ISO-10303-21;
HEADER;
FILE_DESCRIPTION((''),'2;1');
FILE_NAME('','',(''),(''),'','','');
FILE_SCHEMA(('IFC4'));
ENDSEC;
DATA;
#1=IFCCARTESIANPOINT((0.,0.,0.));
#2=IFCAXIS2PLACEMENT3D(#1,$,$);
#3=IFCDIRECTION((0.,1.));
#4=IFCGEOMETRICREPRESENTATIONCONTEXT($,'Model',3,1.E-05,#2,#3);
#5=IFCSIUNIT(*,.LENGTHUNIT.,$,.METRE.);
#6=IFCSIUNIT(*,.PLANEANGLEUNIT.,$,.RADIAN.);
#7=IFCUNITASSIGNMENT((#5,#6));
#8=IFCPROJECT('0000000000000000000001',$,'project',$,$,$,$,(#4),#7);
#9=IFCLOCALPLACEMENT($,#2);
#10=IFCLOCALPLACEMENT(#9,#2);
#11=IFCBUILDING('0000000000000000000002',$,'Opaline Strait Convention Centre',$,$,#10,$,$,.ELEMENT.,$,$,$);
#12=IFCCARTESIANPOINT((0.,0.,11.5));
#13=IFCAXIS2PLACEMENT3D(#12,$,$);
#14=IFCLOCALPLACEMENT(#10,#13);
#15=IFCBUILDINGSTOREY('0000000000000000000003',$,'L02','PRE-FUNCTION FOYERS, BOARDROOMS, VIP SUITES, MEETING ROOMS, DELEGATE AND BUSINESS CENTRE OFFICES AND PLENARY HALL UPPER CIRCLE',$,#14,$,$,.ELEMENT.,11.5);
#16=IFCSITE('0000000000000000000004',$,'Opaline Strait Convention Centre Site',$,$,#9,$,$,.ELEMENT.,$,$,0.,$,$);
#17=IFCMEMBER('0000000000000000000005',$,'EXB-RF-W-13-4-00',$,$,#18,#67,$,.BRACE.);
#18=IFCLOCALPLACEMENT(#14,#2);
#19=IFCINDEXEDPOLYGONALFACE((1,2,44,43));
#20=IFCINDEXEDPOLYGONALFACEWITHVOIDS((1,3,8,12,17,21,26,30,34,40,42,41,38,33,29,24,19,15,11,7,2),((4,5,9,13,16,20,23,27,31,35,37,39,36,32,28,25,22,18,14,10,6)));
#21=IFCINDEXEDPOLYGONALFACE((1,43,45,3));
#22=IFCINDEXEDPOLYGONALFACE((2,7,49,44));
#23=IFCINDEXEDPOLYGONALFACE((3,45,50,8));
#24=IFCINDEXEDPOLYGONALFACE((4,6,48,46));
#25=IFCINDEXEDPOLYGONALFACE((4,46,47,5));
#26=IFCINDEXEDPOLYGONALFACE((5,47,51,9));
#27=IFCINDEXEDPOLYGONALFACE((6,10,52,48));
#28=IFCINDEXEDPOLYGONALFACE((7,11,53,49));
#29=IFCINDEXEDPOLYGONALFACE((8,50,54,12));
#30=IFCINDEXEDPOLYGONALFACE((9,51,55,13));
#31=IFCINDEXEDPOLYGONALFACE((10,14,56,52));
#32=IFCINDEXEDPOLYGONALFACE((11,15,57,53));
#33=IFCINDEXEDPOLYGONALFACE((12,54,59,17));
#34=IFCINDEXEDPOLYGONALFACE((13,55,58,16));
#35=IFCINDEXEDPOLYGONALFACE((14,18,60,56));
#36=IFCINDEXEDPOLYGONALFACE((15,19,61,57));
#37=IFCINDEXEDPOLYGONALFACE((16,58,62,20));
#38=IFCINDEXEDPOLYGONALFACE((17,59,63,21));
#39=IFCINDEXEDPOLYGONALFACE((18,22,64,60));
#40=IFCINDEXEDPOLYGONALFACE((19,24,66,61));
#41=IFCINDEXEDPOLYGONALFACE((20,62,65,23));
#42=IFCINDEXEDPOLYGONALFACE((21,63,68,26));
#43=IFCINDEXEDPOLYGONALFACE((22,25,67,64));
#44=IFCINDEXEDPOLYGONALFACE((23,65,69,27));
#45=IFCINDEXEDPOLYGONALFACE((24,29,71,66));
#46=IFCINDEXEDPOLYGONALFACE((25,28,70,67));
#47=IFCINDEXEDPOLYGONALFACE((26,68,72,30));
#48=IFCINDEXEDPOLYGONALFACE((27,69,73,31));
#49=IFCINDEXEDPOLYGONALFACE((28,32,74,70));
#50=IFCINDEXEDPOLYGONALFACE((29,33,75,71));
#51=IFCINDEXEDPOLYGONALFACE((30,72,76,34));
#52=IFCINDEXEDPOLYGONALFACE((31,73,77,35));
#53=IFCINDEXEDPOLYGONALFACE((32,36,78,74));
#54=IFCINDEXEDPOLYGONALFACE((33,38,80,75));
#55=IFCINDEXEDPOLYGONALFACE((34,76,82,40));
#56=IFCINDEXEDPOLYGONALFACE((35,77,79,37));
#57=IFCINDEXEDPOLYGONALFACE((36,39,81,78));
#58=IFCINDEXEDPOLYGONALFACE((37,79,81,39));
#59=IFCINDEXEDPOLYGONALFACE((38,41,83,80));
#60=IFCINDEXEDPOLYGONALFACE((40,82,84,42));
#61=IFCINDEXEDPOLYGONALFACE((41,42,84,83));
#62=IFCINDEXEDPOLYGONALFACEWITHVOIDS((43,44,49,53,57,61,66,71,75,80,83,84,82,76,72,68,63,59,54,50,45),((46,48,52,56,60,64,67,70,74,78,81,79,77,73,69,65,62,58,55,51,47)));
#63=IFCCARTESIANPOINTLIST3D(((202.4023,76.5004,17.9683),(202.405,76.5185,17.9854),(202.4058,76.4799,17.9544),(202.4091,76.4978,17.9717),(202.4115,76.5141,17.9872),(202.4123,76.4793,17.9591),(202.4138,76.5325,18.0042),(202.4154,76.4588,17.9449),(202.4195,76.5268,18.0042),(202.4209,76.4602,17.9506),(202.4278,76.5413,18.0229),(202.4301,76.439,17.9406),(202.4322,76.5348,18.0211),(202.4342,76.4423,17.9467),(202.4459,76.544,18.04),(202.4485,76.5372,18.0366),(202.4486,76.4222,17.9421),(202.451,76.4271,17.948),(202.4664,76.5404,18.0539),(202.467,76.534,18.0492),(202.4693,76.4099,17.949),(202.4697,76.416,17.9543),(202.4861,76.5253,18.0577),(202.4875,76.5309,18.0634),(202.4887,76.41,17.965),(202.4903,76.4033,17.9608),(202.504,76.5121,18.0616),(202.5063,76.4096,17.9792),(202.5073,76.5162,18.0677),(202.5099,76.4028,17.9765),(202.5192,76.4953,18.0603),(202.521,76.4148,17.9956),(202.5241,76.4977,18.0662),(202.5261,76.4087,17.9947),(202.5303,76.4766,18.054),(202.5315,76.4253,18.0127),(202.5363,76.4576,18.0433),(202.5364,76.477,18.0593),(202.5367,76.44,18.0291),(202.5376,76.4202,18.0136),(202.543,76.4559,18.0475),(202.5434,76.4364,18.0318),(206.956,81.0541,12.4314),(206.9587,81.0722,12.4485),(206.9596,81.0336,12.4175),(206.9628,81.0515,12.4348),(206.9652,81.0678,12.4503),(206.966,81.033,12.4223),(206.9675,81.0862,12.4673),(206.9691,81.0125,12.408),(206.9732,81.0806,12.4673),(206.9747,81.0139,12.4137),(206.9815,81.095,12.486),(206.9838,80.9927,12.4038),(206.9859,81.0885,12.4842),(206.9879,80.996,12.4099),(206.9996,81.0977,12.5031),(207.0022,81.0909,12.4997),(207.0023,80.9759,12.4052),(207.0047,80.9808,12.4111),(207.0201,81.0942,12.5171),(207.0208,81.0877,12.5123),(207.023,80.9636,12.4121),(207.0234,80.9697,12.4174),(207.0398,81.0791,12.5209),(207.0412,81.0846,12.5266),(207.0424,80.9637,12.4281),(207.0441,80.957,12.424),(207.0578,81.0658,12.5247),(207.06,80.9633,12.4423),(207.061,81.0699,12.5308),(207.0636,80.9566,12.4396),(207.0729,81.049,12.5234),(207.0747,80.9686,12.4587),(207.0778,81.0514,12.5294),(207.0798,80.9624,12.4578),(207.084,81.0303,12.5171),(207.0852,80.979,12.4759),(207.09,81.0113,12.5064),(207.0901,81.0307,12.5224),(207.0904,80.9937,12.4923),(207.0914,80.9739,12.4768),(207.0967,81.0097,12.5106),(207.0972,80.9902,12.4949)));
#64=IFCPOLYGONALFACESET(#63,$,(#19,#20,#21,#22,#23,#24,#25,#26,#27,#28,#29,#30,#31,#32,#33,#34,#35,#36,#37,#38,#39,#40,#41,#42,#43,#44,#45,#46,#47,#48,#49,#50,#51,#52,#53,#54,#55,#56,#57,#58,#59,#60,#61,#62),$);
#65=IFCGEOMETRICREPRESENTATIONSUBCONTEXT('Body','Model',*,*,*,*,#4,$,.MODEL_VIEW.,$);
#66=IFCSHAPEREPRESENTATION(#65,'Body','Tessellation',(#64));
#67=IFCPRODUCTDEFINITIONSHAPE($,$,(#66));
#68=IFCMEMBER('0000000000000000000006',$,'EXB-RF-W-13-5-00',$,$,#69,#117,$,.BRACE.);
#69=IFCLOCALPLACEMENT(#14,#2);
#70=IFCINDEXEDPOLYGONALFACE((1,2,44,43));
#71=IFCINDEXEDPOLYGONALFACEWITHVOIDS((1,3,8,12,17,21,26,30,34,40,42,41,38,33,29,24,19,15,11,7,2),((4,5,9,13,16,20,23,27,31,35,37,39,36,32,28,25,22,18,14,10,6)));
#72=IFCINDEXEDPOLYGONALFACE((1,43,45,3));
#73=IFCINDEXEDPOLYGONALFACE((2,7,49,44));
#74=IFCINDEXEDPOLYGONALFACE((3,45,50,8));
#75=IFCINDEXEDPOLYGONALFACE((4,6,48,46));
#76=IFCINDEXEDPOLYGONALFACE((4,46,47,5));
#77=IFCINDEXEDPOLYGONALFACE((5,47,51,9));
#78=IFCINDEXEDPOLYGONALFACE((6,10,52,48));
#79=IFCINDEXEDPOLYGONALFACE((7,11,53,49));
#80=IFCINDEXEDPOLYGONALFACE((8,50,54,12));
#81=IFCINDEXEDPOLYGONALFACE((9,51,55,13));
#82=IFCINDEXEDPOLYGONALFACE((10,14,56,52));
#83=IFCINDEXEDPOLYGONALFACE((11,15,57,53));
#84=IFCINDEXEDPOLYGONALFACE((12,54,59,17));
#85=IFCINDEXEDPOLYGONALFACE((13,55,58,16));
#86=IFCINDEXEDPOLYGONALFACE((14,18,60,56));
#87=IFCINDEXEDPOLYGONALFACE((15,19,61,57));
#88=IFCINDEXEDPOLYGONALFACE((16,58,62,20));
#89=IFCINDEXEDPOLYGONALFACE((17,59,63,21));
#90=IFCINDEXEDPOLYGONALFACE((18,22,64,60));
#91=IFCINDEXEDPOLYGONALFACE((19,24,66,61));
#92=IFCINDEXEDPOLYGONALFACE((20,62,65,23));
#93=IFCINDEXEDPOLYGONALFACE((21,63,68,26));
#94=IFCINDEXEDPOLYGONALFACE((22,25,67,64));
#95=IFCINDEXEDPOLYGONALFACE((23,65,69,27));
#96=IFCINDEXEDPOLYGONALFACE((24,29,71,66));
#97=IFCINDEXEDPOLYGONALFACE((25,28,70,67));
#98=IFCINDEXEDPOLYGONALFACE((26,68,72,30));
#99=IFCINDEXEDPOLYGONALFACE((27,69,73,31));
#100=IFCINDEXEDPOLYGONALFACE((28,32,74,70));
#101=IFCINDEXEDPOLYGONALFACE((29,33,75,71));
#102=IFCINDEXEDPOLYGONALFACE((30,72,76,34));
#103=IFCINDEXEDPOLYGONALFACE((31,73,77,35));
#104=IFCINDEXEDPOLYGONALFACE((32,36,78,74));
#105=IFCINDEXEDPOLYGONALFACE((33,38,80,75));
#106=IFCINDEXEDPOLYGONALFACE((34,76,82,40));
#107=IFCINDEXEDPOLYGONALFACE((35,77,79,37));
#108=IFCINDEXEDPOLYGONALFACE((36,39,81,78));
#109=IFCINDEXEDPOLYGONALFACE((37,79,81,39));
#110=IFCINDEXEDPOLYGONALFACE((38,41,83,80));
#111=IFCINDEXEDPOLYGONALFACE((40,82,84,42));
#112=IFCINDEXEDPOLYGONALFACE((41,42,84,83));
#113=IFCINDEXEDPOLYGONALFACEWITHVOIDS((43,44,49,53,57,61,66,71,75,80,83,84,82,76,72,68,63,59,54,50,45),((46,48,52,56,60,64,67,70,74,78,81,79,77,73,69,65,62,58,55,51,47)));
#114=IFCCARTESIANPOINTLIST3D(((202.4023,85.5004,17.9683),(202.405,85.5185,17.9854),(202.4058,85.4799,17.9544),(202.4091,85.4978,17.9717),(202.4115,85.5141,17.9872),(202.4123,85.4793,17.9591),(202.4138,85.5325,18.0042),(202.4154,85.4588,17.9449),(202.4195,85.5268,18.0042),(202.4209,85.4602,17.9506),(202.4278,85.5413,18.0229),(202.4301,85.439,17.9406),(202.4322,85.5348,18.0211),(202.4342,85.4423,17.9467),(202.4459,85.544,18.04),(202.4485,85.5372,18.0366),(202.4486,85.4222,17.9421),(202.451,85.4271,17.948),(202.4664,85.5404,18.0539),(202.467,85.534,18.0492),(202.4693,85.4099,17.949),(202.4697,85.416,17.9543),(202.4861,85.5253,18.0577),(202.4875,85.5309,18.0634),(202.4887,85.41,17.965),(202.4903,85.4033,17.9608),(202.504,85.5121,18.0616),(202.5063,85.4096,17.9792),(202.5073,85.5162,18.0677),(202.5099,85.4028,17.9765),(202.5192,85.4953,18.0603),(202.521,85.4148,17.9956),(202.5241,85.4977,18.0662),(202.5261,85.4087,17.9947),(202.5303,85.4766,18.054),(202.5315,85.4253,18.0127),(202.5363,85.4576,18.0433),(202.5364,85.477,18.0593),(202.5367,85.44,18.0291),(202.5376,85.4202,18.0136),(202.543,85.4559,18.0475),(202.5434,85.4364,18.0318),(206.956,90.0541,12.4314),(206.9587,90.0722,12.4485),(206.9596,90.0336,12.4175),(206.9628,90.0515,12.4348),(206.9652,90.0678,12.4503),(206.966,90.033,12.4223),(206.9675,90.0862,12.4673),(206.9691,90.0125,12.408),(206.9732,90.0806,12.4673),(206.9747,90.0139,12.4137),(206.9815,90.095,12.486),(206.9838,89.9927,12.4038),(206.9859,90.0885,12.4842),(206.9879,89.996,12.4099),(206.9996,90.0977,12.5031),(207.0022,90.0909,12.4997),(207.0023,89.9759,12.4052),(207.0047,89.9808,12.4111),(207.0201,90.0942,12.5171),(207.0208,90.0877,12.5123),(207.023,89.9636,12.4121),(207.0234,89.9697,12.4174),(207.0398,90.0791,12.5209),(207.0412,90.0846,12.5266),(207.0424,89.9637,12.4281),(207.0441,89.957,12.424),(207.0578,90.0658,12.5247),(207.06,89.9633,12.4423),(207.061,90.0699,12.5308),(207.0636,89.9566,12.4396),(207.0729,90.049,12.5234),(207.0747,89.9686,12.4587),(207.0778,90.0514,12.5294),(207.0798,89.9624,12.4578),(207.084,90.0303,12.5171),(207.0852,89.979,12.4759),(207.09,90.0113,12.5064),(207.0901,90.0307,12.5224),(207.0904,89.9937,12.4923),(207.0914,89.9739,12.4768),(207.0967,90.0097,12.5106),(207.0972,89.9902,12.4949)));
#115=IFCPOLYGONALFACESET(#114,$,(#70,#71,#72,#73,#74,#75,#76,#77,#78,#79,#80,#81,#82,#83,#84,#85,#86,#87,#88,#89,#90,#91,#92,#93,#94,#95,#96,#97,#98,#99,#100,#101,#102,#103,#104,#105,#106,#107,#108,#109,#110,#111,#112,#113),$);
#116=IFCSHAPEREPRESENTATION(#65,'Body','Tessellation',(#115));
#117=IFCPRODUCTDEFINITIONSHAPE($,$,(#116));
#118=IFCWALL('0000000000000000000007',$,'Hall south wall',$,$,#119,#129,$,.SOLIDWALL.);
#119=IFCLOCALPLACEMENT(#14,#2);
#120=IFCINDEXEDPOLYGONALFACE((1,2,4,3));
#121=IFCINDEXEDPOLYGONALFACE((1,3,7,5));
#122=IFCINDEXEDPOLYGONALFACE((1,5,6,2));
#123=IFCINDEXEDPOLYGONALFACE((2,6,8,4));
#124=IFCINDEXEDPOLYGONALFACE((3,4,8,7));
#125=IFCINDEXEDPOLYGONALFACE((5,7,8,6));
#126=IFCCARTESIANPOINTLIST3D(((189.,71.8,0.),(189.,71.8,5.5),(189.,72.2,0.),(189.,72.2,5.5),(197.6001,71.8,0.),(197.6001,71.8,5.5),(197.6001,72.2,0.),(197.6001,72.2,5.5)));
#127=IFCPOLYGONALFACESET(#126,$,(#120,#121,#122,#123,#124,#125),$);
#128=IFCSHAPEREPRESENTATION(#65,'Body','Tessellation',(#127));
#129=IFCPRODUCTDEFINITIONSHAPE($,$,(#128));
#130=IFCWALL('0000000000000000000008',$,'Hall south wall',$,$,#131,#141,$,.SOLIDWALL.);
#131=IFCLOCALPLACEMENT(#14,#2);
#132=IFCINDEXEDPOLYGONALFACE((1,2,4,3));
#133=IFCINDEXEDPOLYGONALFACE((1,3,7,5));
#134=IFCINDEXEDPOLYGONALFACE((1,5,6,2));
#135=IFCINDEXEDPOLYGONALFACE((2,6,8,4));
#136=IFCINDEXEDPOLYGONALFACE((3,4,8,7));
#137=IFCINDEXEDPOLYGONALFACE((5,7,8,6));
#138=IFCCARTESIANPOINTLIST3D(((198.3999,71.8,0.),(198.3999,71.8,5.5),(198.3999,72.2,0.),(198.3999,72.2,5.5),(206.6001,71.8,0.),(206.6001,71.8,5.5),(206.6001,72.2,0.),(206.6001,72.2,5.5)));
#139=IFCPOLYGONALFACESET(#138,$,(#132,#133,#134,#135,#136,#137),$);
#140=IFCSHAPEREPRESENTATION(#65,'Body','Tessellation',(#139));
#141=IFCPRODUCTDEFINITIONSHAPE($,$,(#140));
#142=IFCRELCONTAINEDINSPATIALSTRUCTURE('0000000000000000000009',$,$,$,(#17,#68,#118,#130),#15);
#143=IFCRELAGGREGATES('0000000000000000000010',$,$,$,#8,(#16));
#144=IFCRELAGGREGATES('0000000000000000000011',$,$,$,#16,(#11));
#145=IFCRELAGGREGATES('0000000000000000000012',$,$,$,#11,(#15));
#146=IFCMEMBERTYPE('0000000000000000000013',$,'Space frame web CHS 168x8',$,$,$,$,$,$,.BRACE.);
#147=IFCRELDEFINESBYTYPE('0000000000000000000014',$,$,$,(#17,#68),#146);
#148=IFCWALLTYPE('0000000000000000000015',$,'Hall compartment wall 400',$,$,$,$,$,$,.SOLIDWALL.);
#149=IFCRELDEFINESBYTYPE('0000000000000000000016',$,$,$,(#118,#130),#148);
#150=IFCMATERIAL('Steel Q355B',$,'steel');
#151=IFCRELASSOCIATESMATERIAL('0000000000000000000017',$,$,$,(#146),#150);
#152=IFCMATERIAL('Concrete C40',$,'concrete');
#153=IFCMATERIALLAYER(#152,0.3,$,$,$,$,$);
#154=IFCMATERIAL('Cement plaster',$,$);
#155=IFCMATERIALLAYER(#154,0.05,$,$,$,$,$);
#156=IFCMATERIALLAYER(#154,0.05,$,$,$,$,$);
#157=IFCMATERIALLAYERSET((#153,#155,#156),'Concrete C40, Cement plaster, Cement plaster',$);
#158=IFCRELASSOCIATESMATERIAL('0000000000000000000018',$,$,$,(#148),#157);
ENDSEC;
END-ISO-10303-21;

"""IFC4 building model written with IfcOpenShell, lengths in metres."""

from ifc_helpers import new_model, si_unit, direction, frame, frame_2d, origin, origin_2d, place, context, subcontext, project, spatial, rectangle, hollow_circle, extrude, material, layer, layer_set, material_profile, profile_set, type_object, element, save


model = new_model("IFC4")

# Units and contexts
model_context = context("Model", 3, precision=1e-05, world=origin(), true_north=direction((0.0, 1.0)))
body_context = subcontext(model_context, "Body", "Model", "MODEL_VIEW")
ifc_project = project(units=[si_unit("LENGTHUNIT", "METRE"), si_unit("PLANEANGLEUNIT", "RADIAN")], contexts=[model_context])

# Site, building, storey
site_placement = place(None, origin())
site = spatial("IfcSite", under=ifc_project, at=site_placement, Name="Opaline Strait Convention Centre Site", CompositionType="ELEMENT", RefElevation=0.0)
building_placement = place(site_placement, origin())
building = spatial("IfcBuilding", under=site, at=building_placement, Name="Opaline Strait Convention Centre", CompositionType="ELEMENT")
storey_placement = place(building_placement, frame((0.0, 0.0, 11.5)))
storey = spatial("IfcBuildingStorey", under=building, at=storey_placement, Name="L02", Description="PRE-FUNCTION FOYERS, BOARDROOMS, VIP SUITES, MEETING ROOMS, DELEGATE AND BUSINESS CENTRE OFFICES AND PLENARY HALL UPPER CIRCLE", CompositionType="ELEMENT", Elevation=11.5)

# Members
ifc_material_1 = material(Name="Steel Q355B", Category="steel")
ifc_material_profile_1 = material_profile(ifc_material_1, hollow_circle(Radius=0.084, WallThickness=0.0081, at=origin_2d()), Name="CHS 168x8")
ifc_profile_set_1 = profile_set([ifc_material_profile_1], Name="Steel Q355B")
member_type_1 = type_object("IfcMemberType", Name="Space frame web CHS 168x8", PredefinedType="BRACE", material=ifc_profile_set_1)
for number, where, z_axis, x_axis, name in (
    (1, (202.4731, 76.4731, 18.0042), (0.536178, 0.536178, -0.65194), (-0.707107, 0.707107, 0.0), "EXB-RF-W-13-4-00"),
    (2, (202.4731, 85.4731, 18.0042), (0.536178, 0.536178, -0.65194), (-0.707107, 0.707107, 0.0), "EXB-RF-W-13-5-00"),
):
    element("IfcMember", number, at=place(storey_placement, frame(where, z_axis=z_axis, x_axis=x_axis)), inside=storey, type_object=member_type_1, Name=name, PredefinedType="BRACE", context=body_context, shape_type="SweptSolid", body=[
        extrude(hollow_circle(Radius=0.084, WallThickness=0.0081, at=origin_2d()), origin(), (0.0, 0.0, 1.0), 8.4929),
    ])

# Walls
ifc_material_2 = material(Name="Concrete C40", Category="concrete")
ifc_layer_1 = layer(ifc_material_2, 0.3)
ifc_material_3 = material(Name="Cement plaster")
ifc_layer_2 = layer(ifc_material_3, 0.05)
ifc_layer_3 = layer(ifc_material_3, 0.05)
ifc_layer_set = layer_set([ifc_layer_1, ifc_layer_2, ifc_layer_3], Name="Concrete C40, Cement plaster, Cement plaster")
wall_type = type_object("IfcWallType", Name="Hall compartment wall 400", PredefinedType="SOLIDWALL", material=ifc_layer_set)
wall_1_placement = place(storey_placement, frame((189.0, 72.0, 0.0), z_axis=(0.0, 0.0, 1.0), x_axis=(1.0, 0.0, 0.0)))
element("IfcWall", 3, at=wall_1_placement, inside=storey, type_object=wall_type, Name="Hall south wall", PredefinedType="SOLIDWALL", context=body_context, shape_type="SweptSolid", body=[
    extrude(rectangle(XDim=8.6001, YDim=0.3999, at=frame_2d((4.3, 0.0))), origin(), (0.0, 0.0, 1.0), 5.5),
])
wall_2_placement = place(storey_placement, frame((198.3999, 72.0, 0.0), z_axis=(0.0, 0.0, 1.0), x_axis=(1.0, 0.0, 0.0)))
element("IfcWall", 4, at=wall_2_placement, inside=storey, type_object=wall_type, Name="Hall south wall", PredefinedType="SOLIDWALL", context=body_context, shape_type="SweptSolid", body=[
    extrude(rectangle(XDim=8.2002, YDim=0.3999, at=frame_2d((4.1001, 0.0))), origin(), (0.0, 0.0, 1.0), 5.5),
])

save(model, "model.ifc")
